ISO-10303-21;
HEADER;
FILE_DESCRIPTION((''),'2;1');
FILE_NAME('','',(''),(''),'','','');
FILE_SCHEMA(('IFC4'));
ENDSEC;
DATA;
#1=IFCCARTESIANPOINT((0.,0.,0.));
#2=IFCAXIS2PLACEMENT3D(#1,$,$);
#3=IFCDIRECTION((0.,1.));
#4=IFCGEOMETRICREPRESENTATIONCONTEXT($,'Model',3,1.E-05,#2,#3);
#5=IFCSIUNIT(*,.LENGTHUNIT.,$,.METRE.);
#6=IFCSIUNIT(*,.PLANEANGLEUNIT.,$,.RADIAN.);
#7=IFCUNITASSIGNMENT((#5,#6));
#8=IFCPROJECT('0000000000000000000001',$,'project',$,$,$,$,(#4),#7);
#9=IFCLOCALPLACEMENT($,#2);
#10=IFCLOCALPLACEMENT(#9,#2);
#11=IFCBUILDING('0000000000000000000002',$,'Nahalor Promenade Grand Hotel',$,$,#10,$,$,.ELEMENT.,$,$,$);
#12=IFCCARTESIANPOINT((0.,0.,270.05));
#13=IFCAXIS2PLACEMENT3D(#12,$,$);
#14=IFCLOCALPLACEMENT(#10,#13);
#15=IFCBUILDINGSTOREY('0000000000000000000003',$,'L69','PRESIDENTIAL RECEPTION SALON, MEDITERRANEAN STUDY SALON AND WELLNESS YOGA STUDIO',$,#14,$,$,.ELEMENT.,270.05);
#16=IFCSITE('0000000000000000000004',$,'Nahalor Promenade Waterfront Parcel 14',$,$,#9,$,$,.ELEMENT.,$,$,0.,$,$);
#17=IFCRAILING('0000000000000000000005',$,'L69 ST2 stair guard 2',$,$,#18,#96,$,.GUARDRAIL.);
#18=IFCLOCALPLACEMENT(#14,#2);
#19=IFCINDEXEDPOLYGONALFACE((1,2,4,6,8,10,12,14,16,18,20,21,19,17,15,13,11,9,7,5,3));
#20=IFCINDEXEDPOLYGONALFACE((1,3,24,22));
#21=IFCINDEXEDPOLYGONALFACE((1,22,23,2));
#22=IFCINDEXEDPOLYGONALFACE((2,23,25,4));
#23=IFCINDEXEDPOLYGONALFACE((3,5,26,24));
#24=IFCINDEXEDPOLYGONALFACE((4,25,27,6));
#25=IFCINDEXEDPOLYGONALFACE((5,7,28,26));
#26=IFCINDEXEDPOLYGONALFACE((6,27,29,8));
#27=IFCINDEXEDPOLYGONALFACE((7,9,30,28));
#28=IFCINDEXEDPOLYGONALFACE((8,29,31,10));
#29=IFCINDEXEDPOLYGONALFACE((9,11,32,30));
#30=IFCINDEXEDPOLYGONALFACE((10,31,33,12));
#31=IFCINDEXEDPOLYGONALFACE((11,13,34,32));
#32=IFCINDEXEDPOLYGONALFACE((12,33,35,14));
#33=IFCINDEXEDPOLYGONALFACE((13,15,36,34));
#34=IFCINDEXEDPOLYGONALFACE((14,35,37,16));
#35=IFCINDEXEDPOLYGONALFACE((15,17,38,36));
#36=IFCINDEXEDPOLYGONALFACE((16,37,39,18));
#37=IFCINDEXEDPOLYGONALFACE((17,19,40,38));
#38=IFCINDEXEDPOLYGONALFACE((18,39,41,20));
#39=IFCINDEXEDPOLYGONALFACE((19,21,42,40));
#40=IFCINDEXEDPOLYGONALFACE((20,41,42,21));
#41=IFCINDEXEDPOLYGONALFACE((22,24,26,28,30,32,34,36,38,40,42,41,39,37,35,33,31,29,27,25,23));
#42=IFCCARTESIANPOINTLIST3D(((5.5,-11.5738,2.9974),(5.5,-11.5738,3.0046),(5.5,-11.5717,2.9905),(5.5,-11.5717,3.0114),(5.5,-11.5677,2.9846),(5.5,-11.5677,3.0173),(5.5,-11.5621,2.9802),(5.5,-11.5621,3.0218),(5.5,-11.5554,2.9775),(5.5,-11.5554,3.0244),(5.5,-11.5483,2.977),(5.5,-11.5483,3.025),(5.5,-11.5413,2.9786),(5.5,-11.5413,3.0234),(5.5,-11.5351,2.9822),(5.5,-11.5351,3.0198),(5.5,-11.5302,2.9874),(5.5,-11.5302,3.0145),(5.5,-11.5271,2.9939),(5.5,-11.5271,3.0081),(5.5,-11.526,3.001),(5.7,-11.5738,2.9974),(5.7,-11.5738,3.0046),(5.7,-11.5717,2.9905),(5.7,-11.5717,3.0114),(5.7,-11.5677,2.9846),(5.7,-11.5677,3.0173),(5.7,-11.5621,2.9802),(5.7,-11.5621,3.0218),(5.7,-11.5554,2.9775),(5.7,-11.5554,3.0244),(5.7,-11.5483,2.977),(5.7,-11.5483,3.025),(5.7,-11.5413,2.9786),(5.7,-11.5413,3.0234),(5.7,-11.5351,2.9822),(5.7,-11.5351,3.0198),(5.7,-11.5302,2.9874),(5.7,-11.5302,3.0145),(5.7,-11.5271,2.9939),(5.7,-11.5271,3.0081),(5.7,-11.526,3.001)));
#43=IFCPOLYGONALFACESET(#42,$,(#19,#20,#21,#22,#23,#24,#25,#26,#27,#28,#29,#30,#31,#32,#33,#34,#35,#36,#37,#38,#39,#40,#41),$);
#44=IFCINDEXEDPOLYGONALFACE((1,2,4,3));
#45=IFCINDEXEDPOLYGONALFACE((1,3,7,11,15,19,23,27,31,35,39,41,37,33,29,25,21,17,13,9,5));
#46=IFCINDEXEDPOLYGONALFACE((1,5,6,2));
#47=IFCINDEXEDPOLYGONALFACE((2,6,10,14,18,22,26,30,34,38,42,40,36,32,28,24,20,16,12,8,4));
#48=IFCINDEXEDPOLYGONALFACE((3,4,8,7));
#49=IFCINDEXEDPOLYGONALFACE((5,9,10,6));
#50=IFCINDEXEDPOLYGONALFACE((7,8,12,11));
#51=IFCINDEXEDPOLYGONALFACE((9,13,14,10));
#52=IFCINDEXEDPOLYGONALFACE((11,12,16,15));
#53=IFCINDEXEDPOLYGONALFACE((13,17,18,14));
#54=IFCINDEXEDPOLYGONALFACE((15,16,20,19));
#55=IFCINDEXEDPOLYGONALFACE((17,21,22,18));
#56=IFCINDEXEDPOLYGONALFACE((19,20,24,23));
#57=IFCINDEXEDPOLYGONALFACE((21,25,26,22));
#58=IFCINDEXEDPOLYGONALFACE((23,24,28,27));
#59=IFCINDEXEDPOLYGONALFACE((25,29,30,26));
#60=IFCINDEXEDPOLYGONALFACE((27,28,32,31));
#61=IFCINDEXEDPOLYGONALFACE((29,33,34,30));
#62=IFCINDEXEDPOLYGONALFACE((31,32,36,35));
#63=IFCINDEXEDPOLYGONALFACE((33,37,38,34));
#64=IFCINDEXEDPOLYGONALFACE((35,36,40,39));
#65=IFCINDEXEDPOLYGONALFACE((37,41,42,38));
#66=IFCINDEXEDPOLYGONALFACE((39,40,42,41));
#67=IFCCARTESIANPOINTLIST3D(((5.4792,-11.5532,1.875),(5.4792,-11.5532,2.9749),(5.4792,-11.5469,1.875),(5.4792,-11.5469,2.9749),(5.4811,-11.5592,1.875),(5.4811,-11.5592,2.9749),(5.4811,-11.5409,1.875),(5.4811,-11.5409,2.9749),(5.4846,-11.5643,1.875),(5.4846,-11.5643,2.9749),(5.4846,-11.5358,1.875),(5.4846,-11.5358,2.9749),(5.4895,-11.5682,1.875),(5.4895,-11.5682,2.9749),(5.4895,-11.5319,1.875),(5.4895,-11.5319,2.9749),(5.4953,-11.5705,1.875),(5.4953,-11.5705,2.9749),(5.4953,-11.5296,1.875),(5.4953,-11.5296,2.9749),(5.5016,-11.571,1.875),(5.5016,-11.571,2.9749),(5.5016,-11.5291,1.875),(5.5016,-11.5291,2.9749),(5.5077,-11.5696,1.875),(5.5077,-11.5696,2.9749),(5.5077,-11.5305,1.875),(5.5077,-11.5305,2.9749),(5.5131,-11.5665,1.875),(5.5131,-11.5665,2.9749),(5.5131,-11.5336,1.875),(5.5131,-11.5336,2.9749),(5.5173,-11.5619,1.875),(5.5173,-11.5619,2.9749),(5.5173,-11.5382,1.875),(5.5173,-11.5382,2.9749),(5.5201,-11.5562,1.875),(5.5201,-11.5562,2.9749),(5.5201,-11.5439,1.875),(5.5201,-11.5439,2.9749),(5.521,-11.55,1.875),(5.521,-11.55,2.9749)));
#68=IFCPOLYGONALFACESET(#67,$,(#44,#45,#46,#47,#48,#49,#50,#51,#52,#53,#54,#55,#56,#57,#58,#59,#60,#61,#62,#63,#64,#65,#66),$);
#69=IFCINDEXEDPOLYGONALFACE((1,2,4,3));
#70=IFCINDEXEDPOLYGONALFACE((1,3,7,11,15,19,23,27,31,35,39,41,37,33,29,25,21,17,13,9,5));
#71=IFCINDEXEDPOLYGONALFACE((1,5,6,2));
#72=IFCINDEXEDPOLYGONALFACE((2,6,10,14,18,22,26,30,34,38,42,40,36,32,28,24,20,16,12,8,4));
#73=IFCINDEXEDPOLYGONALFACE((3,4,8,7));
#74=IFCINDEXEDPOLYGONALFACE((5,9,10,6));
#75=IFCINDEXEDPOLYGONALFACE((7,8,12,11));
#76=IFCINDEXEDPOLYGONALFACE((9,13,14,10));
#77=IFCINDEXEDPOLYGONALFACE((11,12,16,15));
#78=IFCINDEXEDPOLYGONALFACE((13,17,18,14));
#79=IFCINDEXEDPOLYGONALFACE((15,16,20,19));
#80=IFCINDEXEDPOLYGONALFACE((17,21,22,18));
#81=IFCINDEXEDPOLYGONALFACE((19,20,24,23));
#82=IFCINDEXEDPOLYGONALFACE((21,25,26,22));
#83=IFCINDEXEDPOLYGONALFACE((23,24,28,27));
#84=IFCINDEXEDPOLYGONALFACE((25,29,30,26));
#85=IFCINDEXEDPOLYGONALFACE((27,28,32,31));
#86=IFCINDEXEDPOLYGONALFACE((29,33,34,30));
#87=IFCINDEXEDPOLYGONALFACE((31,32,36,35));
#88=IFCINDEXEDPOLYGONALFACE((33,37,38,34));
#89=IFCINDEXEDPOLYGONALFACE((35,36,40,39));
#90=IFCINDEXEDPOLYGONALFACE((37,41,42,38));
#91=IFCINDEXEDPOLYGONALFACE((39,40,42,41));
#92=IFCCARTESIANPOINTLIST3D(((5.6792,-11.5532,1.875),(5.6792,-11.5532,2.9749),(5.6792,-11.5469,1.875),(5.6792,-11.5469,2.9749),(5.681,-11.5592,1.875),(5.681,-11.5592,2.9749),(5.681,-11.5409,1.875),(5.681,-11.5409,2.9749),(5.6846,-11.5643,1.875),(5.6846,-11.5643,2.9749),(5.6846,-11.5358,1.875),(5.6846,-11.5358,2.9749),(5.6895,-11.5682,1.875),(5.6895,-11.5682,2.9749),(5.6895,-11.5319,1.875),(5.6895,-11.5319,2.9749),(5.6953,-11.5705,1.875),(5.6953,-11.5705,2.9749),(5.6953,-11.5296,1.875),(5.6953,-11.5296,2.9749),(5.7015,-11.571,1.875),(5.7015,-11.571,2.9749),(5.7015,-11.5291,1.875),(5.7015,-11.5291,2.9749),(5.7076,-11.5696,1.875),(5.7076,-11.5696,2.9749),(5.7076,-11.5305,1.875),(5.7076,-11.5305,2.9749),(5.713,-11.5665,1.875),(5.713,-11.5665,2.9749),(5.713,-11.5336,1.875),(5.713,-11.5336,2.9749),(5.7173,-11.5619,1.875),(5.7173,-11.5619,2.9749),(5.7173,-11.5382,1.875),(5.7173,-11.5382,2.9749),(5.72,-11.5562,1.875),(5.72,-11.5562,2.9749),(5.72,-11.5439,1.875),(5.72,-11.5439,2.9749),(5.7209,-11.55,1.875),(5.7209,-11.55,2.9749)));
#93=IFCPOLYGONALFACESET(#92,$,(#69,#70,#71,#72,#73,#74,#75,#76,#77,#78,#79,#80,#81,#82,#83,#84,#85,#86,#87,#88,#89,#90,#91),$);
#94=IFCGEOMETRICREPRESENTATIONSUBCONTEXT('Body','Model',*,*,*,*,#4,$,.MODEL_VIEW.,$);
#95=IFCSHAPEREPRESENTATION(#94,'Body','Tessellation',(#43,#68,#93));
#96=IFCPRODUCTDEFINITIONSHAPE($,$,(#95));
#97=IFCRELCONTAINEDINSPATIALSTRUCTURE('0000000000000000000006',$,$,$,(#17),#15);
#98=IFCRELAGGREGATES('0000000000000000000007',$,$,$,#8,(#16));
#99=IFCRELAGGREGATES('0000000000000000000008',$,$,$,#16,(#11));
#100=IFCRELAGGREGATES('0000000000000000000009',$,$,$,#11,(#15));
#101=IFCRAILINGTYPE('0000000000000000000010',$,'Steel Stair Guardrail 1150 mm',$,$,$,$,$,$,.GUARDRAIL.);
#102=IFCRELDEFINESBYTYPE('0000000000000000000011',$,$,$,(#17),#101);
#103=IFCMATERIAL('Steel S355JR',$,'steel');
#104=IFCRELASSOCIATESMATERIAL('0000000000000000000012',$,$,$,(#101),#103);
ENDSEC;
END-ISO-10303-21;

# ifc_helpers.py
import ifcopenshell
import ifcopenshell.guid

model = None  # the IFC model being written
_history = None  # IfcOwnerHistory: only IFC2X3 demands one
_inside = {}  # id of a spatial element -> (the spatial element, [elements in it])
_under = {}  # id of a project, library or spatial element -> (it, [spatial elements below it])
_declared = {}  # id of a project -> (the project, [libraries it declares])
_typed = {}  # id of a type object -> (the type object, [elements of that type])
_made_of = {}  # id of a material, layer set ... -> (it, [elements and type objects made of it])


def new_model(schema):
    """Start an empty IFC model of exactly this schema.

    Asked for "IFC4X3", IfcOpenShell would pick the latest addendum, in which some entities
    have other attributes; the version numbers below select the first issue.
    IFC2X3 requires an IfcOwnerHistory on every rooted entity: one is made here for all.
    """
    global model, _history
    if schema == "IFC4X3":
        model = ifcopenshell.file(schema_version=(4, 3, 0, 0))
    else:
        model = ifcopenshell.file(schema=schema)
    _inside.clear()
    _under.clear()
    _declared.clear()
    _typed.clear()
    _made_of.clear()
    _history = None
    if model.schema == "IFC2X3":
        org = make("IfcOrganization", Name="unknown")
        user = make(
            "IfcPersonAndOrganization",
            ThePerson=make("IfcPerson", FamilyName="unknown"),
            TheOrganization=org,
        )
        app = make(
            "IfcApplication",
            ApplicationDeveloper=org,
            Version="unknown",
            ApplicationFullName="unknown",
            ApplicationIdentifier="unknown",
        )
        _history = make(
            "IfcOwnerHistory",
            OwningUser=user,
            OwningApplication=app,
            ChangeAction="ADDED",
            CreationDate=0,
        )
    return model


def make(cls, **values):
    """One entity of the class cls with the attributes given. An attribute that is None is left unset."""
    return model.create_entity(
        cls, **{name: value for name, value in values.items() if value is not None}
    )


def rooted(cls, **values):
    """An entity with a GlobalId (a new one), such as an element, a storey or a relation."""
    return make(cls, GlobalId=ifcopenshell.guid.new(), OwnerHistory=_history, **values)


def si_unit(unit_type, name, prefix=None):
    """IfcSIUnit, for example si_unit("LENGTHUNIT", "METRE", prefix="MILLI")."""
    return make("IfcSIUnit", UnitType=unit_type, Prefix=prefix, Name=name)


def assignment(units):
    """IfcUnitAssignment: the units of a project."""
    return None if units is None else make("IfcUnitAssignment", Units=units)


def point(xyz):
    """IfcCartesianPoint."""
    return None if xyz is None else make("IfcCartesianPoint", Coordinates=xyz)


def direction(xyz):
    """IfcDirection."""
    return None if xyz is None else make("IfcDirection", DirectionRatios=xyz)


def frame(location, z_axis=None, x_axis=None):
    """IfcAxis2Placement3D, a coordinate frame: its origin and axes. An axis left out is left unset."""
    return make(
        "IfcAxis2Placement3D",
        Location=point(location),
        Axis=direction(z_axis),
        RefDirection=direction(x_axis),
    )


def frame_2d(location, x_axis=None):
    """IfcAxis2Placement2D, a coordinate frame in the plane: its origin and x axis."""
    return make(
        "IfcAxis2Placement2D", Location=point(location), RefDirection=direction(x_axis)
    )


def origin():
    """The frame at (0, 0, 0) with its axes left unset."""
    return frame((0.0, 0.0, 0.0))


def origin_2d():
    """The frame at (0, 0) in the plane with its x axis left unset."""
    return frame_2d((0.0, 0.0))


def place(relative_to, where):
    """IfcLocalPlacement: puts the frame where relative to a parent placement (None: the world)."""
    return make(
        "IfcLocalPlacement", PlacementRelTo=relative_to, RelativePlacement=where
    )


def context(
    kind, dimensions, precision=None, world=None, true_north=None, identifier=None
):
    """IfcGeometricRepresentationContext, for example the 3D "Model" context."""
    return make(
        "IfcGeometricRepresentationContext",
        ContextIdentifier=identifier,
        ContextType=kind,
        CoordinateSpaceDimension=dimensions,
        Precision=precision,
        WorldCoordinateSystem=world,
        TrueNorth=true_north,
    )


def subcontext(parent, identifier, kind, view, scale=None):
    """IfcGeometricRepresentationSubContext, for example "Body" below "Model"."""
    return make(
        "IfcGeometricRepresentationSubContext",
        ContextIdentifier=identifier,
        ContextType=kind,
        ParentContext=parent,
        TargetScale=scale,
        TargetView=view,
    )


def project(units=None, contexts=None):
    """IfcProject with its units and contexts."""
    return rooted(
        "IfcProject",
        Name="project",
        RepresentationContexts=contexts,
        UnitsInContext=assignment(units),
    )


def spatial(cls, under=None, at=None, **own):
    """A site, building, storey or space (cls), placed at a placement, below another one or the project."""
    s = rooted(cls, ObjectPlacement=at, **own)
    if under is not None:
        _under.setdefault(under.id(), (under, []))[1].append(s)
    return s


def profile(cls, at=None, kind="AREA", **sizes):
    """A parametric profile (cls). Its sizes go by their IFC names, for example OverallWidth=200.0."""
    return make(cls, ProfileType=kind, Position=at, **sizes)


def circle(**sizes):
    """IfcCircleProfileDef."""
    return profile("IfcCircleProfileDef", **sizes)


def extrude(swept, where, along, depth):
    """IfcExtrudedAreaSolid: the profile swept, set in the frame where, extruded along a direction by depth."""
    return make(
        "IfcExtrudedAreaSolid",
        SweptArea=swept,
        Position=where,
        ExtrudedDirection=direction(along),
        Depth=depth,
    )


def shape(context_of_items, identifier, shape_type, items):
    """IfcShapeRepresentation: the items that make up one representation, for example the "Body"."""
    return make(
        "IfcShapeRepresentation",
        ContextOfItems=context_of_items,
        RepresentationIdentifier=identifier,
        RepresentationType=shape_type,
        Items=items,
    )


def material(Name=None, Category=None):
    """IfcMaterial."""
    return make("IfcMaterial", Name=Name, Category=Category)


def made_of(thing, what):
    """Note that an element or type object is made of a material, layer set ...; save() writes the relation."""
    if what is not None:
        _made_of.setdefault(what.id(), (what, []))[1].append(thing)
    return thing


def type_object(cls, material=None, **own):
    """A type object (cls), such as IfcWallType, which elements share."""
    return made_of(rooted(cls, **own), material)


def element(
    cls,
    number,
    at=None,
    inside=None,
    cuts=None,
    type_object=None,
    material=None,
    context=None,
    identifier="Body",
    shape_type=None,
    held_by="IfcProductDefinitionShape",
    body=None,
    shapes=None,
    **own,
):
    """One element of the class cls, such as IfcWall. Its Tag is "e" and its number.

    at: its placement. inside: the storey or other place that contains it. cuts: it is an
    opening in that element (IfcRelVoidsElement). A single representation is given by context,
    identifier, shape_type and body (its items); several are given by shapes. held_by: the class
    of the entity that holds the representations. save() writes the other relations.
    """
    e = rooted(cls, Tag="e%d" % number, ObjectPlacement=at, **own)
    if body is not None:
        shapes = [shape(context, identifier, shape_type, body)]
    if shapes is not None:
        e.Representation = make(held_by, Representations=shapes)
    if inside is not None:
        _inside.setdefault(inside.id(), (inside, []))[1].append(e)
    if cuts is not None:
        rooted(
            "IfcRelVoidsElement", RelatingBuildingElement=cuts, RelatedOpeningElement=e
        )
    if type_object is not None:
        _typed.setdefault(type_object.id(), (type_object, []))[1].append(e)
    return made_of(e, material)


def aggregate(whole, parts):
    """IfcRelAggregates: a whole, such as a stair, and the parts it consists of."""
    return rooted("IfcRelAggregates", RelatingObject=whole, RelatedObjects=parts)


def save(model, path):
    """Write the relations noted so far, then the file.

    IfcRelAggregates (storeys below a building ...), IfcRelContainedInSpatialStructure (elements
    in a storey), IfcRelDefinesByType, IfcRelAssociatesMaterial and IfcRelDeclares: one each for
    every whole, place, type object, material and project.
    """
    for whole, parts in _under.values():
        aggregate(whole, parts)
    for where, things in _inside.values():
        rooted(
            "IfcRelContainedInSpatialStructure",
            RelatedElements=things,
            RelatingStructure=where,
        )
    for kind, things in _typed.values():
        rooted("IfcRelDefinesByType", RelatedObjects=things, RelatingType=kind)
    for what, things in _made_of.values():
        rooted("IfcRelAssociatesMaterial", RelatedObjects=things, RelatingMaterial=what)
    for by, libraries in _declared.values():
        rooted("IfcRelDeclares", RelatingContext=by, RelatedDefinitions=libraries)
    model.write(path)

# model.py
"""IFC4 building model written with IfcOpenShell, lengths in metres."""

from ifc_helpers import new_model, si_unit, direction, frame, origin, origin_2d, place, context, subcontext, project, spatial, circle, extrude, material, type_object, element, save


model = new_model("IFC4")

# Units and contexts
model_context = context("Model", 3, precision=1e-05, world=origin(), true_north=direction((0.0, 1.0)))
body_context = subcontext(model_context, "Body", "Model", "MODEL_VIEW")
ifc_project = project(units=[si_unit("LENGTHUNIT", "METRE"), si_unit("PLANEANGLEUNIT", "RADIAN")], contexts=[model_context])

# Site, building, storey
site_placement = place(None, origin())
site = spatial("IfcSite", under=ifc_project, at=site_placement, Name="Nahalor Promenade Waterfront Parcel 14", CompositionType="ELEMENT", RefElevation=0.0)
building_placement = place(site_placement, origin())
building = spatial("IfcBuilding", under=site, at=building_placement, Name="Nahalor Promenade Grand Hotel", CompositionType="ELEMENT")
storey_placement = place(building_placement, frame((0.0, 0.0, 270.05)))
storey = spatial("IfcBuildingStorey", under=building, at=storey_placement, Name="L69", Description="PRESIDENTIAL RECEPTION SALON, MEDITERRANEAN STUDY SALON AND WELLNESS YOGA STUDIO", CompositionType="ELEMENT", Elevation=270.05)

# Shared definitions
ifc_material_1 = material(Name="Steel S355JR", Category="steel")

# Railing
railing_type_1 = type_object("IfcRailingType", Name="Steel Stair Guardrail 1150 mm", PredefinedType="GUARDRAIL", material=ifc_material_1)
railing_1_placement = place(storey_placement, frame((5.5, -11.55, 1.875)))
element("IfcRailing", 1, at=railing_1_placement, inside=storey, type_object=railing_type_1, Name="L69 ST2 stair guard 2", PredefinedType="GUARDRAIL", context=body_context, shape_type="SweptSolid", body=[
    extrude(circle(Radius=0.024, at=origin_2d()), frame((0.0, 0.0, 1.126), z_axis=(1.0, 0.0, 0.0), x_axis=(0.0, 1.0, 0.0)), (0.0, 0.0, 1.0), 0.2),
    extrude(circle(Radius=0.021, at=origin_2d()), origin(), (0.0, 0.0, 1.0), 1.0999),
    extrude(circle(Radius=0.021, at=origin_2d()), frame((0.2, 0.0, 0.0)), (0.0, 0.0, 1.0), 1.0999),
])

save(model, "model.ifc")
